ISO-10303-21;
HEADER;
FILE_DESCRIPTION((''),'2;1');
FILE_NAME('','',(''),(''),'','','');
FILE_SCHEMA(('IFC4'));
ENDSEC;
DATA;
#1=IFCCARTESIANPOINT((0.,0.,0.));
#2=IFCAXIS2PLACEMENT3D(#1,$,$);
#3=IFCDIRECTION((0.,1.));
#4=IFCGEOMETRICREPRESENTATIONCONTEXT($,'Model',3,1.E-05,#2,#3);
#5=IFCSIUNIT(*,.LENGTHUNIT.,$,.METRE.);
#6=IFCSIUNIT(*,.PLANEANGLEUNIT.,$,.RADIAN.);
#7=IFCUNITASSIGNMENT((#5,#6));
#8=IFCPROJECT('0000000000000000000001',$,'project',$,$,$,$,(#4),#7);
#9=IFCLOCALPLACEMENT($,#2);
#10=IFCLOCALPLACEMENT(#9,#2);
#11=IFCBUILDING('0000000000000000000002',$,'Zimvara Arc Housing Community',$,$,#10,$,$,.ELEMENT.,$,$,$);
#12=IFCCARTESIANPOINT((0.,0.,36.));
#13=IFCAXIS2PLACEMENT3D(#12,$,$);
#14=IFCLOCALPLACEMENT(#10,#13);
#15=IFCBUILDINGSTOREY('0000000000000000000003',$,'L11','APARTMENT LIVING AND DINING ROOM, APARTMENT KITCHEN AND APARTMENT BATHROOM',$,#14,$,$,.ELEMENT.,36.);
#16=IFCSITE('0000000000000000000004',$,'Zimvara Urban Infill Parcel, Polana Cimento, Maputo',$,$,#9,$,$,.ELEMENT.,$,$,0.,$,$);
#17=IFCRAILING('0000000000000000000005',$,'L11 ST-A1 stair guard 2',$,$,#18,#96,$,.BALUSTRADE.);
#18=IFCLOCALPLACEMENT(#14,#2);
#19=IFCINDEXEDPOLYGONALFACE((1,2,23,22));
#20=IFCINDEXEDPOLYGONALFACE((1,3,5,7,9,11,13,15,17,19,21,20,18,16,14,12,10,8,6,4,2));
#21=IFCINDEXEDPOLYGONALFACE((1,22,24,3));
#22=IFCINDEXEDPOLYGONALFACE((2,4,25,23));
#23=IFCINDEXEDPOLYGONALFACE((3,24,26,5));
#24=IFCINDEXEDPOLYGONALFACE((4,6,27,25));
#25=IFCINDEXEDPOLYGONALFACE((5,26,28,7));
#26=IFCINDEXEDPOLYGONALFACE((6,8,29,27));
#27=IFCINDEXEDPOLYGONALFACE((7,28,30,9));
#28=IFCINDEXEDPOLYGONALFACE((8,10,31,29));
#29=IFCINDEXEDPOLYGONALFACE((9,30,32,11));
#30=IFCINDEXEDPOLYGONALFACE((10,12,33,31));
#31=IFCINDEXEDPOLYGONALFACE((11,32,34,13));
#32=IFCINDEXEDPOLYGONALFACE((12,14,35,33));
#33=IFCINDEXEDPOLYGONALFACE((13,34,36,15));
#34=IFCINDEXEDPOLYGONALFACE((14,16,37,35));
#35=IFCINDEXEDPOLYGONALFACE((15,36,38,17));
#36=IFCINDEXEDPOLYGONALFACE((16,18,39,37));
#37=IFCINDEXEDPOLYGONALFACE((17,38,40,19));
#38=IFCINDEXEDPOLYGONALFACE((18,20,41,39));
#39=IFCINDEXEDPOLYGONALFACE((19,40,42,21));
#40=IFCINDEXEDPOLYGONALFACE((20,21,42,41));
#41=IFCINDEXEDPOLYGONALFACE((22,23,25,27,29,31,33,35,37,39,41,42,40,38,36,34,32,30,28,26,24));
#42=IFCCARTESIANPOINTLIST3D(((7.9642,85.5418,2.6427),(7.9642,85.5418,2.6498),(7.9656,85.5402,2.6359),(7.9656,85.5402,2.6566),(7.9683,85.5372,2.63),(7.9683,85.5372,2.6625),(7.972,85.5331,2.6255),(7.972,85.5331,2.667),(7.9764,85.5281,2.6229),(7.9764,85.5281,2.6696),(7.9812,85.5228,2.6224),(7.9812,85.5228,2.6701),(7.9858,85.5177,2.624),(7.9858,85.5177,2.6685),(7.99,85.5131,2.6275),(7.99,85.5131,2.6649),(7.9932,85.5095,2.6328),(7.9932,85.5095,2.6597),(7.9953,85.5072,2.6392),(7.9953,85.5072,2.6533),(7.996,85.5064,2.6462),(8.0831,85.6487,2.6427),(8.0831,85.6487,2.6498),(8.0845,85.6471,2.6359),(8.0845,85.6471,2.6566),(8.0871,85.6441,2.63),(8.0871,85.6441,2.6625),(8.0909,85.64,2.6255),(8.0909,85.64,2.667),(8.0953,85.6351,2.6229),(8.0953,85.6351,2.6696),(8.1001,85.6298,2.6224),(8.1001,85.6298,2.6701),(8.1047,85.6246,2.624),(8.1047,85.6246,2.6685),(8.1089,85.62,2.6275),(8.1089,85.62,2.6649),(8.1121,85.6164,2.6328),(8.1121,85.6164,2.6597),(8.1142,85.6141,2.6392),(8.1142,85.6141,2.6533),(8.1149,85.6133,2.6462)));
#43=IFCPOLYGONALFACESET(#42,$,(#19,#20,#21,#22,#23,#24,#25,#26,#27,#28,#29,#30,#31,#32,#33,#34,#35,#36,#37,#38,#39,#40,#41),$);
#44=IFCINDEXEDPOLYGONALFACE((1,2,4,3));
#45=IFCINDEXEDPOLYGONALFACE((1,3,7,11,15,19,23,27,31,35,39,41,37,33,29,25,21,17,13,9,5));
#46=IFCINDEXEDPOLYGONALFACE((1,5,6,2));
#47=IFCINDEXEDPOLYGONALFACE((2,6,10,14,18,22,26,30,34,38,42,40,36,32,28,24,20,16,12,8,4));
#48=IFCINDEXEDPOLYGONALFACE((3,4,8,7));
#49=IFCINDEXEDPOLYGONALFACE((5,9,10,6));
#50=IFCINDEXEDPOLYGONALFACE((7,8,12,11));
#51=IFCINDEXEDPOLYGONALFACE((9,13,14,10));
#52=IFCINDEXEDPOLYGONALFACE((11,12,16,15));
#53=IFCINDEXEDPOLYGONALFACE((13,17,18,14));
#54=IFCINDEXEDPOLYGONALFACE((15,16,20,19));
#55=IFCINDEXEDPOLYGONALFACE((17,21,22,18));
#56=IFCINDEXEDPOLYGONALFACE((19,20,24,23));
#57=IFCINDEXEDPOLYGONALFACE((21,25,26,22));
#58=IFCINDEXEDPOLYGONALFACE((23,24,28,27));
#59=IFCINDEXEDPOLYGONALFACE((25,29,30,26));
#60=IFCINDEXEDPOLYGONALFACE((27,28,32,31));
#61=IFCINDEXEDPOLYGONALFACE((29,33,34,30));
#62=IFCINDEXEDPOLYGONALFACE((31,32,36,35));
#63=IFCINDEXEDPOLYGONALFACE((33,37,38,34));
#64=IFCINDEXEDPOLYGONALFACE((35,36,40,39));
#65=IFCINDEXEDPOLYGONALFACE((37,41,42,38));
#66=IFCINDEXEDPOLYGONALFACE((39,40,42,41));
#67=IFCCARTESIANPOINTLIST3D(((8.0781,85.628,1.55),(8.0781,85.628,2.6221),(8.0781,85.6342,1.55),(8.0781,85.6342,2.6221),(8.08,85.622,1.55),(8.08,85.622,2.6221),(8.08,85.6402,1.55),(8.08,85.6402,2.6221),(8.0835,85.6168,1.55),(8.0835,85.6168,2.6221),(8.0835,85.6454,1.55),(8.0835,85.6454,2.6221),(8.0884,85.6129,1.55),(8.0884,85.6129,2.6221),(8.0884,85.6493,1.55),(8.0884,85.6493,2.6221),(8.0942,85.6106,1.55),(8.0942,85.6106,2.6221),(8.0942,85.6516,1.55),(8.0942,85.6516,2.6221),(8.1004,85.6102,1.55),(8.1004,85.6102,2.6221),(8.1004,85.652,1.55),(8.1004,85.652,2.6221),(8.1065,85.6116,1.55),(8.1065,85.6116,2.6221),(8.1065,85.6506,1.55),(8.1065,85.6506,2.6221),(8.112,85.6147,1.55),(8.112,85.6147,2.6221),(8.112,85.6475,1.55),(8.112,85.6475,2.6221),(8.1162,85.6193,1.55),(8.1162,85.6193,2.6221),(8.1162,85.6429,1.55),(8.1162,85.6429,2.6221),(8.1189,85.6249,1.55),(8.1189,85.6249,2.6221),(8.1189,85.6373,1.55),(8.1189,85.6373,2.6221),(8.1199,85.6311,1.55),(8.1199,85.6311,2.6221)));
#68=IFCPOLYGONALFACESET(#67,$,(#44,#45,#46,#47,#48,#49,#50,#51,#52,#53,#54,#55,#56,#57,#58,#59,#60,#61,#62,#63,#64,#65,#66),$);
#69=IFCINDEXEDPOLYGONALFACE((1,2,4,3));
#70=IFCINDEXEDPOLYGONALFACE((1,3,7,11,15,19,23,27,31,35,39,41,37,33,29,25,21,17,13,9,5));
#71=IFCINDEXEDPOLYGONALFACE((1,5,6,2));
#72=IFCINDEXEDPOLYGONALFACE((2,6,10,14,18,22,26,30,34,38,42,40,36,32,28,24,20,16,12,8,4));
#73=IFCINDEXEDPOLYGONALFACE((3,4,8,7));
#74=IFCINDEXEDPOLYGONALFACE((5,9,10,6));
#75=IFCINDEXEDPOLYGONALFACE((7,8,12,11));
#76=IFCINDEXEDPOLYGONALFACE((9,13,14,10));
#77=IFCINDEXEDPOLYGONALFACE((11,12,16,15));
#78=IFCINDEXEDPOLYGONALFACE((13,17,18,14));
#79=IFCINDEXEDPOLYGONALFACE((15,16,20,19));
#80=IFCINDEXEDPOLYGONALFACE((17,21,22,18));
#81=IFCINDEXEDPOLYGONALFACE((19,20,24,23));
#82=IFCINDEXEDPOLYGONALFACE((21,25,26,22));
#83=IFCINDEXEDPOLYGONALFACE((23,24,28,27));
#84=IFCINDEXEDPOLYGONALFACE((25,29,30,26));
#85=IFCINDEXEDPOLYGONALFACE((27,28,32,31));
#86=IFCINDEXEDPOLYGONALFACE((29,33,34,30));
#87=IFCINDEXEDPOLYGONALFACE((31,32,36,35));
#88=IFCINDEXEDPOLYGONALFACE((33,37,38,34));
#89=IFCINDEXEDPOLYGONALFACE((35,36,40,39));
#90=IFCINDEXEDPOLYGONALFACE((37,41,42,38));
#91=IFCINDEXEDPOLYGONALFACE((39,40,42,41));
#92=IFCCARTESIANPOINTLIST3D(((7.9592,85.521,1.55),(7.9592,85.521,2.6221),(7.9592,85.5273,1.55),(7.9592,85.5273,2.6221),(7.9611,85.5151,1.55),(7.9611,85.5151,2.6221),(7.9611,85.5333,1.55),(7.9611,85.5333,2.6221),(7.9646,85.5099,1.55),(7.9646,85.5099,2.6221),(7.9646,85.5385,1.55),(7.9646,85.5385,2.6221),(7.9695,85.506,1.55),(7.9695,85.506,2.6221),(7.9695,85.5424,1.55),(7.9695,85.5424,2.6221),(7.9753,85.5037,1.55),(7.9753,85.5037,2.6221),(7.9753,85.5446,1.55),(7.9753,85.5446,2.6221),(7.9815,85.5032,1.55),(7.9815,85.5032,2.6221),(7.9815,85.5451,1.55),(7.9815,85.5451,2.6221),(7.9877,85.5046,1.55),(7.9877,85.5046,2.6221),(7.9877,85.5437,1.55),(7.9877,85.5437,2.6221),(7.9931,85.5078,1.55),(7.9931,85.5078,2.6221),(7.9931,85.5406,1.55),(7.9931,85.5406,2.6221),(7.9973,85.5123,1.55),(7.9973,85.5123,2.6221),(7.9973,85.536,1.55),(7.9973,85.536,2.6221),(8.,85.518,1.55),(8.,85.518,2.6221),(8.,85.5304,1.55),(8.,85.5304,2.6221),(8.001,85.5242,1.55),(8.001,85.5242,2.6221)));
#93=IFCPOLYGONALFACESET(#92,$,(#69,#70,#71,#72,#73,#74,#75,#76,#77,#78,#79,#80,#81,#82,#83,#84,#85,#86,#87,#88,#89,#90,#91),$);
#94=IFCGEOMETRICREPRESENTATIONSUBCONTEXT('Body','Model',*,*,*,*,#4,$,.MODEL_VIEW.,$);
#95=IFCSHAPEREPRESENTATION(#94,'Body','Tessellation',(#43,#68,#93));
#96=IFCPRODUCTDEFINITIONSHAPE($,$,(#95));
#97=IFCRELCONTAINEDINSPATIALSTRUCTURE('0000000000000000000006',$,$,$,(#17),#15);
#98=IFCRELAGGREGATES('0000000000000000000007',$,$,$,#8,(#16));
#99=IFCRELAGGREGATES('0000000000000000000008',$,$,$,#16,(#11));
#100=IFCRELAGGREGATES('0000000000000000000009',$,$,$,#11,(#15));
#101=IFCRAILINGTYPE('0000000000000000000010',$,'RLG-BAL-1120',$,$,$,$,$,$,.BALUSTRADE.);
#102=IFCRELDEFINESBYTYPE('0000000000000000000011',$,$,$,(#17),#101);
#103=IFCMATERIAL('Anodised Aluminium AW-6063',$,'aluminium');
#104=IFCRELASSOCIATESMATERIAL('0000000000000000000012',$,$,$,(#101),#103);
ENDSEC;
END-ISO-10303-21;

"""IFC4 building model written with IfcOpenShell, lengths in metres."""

from ifc_helpers import new_model, si_unit, direction, frame, origin, origin_2d, place, context, subcontext, project, spatial, circle, extrude, material, type_object, element, save


model = new_model("IFC4")

# Units and contexts
model_context = context("Model", 3, precision=1e-05, world=origin(), true_north=direction((0.0, 1.0)))
body_context = subcontext(model_context, "Body", "Model", "MODEL_VIEW")
ifc_project = project(units=[si_unit("LENGTHUNIT", "METRE"), si_unit("PLANEANGLEUNIT", "RADIAN")], contexts=[model_context])

# Site, building, storey
site_placement = place(None, origin())
site = spatial("IfcSite", under=ifc_project, at=site_placement, Name="Zimvara Urban Infill Parcel, Polana Cimento, Maputo", CompositionType="ELEMENT", RefElevation=0.0)
building_placement = place(site_placement, origin())
building = spatial("IfcBuilding", under=site, at=building_placement, Name="Zimvara Arc Housing Community", CompositionType="ELEMENT")
storey_placement = place(building_placement, frame((0.0, 0.0, 36.0)))
storey = spatial("IfcBuildingStorey", under=building, at=storey_placement, Name="L11", Description="APARTMENT LIVING AND DINING ROOM, APARTMENT KITCHEN AND APARTMENT BATHROOM", CompositionType="ELEMENT", Elevation=36.0)

# Railing
ifc_material_1 = material(Name="Anodised Aluminium AW-6063", Category="aluminium")
railing_type_1 = type_object("IfcRailingType", Name="RLG-BAL-1120", PredefinedType="BALUSTRADE", material=ifc_material_1)
railing_1_placement = place(storey_placement, frame((8.0989, 85.6311, 1.55)))
element("IfcRailing", 1, at=railing_1_placement, inside=storey, type_object=railing_type_1, Name="L11 ST-A1 stair guard 2", PredefinedType="BALUSTRADE", context=body_context, shape_type="SweptSolid", body=[
    extrude(circle(Radius=0.0239, at=origin_2d()), frame((0.0, 0.0, 1.0962), z_axis=(-0.743522, -0.668712, 0.0), x_axis=(0.668712, -0.743522, 0.0)), (0.0, 0.0, 1.0), 0.1599),
    extrude(circle(Radius=0.021, at=origin_2d()), origin(), (0.0, 0.0, 1.0), 1.072),
    extrude(circle(Radius=0.021, at=origin_2d()), frame((-0.1189, -0.1069, 0.0)), (0.0, 0.0, 1.0), 1.072),
])

save(model, "model.ifc")
